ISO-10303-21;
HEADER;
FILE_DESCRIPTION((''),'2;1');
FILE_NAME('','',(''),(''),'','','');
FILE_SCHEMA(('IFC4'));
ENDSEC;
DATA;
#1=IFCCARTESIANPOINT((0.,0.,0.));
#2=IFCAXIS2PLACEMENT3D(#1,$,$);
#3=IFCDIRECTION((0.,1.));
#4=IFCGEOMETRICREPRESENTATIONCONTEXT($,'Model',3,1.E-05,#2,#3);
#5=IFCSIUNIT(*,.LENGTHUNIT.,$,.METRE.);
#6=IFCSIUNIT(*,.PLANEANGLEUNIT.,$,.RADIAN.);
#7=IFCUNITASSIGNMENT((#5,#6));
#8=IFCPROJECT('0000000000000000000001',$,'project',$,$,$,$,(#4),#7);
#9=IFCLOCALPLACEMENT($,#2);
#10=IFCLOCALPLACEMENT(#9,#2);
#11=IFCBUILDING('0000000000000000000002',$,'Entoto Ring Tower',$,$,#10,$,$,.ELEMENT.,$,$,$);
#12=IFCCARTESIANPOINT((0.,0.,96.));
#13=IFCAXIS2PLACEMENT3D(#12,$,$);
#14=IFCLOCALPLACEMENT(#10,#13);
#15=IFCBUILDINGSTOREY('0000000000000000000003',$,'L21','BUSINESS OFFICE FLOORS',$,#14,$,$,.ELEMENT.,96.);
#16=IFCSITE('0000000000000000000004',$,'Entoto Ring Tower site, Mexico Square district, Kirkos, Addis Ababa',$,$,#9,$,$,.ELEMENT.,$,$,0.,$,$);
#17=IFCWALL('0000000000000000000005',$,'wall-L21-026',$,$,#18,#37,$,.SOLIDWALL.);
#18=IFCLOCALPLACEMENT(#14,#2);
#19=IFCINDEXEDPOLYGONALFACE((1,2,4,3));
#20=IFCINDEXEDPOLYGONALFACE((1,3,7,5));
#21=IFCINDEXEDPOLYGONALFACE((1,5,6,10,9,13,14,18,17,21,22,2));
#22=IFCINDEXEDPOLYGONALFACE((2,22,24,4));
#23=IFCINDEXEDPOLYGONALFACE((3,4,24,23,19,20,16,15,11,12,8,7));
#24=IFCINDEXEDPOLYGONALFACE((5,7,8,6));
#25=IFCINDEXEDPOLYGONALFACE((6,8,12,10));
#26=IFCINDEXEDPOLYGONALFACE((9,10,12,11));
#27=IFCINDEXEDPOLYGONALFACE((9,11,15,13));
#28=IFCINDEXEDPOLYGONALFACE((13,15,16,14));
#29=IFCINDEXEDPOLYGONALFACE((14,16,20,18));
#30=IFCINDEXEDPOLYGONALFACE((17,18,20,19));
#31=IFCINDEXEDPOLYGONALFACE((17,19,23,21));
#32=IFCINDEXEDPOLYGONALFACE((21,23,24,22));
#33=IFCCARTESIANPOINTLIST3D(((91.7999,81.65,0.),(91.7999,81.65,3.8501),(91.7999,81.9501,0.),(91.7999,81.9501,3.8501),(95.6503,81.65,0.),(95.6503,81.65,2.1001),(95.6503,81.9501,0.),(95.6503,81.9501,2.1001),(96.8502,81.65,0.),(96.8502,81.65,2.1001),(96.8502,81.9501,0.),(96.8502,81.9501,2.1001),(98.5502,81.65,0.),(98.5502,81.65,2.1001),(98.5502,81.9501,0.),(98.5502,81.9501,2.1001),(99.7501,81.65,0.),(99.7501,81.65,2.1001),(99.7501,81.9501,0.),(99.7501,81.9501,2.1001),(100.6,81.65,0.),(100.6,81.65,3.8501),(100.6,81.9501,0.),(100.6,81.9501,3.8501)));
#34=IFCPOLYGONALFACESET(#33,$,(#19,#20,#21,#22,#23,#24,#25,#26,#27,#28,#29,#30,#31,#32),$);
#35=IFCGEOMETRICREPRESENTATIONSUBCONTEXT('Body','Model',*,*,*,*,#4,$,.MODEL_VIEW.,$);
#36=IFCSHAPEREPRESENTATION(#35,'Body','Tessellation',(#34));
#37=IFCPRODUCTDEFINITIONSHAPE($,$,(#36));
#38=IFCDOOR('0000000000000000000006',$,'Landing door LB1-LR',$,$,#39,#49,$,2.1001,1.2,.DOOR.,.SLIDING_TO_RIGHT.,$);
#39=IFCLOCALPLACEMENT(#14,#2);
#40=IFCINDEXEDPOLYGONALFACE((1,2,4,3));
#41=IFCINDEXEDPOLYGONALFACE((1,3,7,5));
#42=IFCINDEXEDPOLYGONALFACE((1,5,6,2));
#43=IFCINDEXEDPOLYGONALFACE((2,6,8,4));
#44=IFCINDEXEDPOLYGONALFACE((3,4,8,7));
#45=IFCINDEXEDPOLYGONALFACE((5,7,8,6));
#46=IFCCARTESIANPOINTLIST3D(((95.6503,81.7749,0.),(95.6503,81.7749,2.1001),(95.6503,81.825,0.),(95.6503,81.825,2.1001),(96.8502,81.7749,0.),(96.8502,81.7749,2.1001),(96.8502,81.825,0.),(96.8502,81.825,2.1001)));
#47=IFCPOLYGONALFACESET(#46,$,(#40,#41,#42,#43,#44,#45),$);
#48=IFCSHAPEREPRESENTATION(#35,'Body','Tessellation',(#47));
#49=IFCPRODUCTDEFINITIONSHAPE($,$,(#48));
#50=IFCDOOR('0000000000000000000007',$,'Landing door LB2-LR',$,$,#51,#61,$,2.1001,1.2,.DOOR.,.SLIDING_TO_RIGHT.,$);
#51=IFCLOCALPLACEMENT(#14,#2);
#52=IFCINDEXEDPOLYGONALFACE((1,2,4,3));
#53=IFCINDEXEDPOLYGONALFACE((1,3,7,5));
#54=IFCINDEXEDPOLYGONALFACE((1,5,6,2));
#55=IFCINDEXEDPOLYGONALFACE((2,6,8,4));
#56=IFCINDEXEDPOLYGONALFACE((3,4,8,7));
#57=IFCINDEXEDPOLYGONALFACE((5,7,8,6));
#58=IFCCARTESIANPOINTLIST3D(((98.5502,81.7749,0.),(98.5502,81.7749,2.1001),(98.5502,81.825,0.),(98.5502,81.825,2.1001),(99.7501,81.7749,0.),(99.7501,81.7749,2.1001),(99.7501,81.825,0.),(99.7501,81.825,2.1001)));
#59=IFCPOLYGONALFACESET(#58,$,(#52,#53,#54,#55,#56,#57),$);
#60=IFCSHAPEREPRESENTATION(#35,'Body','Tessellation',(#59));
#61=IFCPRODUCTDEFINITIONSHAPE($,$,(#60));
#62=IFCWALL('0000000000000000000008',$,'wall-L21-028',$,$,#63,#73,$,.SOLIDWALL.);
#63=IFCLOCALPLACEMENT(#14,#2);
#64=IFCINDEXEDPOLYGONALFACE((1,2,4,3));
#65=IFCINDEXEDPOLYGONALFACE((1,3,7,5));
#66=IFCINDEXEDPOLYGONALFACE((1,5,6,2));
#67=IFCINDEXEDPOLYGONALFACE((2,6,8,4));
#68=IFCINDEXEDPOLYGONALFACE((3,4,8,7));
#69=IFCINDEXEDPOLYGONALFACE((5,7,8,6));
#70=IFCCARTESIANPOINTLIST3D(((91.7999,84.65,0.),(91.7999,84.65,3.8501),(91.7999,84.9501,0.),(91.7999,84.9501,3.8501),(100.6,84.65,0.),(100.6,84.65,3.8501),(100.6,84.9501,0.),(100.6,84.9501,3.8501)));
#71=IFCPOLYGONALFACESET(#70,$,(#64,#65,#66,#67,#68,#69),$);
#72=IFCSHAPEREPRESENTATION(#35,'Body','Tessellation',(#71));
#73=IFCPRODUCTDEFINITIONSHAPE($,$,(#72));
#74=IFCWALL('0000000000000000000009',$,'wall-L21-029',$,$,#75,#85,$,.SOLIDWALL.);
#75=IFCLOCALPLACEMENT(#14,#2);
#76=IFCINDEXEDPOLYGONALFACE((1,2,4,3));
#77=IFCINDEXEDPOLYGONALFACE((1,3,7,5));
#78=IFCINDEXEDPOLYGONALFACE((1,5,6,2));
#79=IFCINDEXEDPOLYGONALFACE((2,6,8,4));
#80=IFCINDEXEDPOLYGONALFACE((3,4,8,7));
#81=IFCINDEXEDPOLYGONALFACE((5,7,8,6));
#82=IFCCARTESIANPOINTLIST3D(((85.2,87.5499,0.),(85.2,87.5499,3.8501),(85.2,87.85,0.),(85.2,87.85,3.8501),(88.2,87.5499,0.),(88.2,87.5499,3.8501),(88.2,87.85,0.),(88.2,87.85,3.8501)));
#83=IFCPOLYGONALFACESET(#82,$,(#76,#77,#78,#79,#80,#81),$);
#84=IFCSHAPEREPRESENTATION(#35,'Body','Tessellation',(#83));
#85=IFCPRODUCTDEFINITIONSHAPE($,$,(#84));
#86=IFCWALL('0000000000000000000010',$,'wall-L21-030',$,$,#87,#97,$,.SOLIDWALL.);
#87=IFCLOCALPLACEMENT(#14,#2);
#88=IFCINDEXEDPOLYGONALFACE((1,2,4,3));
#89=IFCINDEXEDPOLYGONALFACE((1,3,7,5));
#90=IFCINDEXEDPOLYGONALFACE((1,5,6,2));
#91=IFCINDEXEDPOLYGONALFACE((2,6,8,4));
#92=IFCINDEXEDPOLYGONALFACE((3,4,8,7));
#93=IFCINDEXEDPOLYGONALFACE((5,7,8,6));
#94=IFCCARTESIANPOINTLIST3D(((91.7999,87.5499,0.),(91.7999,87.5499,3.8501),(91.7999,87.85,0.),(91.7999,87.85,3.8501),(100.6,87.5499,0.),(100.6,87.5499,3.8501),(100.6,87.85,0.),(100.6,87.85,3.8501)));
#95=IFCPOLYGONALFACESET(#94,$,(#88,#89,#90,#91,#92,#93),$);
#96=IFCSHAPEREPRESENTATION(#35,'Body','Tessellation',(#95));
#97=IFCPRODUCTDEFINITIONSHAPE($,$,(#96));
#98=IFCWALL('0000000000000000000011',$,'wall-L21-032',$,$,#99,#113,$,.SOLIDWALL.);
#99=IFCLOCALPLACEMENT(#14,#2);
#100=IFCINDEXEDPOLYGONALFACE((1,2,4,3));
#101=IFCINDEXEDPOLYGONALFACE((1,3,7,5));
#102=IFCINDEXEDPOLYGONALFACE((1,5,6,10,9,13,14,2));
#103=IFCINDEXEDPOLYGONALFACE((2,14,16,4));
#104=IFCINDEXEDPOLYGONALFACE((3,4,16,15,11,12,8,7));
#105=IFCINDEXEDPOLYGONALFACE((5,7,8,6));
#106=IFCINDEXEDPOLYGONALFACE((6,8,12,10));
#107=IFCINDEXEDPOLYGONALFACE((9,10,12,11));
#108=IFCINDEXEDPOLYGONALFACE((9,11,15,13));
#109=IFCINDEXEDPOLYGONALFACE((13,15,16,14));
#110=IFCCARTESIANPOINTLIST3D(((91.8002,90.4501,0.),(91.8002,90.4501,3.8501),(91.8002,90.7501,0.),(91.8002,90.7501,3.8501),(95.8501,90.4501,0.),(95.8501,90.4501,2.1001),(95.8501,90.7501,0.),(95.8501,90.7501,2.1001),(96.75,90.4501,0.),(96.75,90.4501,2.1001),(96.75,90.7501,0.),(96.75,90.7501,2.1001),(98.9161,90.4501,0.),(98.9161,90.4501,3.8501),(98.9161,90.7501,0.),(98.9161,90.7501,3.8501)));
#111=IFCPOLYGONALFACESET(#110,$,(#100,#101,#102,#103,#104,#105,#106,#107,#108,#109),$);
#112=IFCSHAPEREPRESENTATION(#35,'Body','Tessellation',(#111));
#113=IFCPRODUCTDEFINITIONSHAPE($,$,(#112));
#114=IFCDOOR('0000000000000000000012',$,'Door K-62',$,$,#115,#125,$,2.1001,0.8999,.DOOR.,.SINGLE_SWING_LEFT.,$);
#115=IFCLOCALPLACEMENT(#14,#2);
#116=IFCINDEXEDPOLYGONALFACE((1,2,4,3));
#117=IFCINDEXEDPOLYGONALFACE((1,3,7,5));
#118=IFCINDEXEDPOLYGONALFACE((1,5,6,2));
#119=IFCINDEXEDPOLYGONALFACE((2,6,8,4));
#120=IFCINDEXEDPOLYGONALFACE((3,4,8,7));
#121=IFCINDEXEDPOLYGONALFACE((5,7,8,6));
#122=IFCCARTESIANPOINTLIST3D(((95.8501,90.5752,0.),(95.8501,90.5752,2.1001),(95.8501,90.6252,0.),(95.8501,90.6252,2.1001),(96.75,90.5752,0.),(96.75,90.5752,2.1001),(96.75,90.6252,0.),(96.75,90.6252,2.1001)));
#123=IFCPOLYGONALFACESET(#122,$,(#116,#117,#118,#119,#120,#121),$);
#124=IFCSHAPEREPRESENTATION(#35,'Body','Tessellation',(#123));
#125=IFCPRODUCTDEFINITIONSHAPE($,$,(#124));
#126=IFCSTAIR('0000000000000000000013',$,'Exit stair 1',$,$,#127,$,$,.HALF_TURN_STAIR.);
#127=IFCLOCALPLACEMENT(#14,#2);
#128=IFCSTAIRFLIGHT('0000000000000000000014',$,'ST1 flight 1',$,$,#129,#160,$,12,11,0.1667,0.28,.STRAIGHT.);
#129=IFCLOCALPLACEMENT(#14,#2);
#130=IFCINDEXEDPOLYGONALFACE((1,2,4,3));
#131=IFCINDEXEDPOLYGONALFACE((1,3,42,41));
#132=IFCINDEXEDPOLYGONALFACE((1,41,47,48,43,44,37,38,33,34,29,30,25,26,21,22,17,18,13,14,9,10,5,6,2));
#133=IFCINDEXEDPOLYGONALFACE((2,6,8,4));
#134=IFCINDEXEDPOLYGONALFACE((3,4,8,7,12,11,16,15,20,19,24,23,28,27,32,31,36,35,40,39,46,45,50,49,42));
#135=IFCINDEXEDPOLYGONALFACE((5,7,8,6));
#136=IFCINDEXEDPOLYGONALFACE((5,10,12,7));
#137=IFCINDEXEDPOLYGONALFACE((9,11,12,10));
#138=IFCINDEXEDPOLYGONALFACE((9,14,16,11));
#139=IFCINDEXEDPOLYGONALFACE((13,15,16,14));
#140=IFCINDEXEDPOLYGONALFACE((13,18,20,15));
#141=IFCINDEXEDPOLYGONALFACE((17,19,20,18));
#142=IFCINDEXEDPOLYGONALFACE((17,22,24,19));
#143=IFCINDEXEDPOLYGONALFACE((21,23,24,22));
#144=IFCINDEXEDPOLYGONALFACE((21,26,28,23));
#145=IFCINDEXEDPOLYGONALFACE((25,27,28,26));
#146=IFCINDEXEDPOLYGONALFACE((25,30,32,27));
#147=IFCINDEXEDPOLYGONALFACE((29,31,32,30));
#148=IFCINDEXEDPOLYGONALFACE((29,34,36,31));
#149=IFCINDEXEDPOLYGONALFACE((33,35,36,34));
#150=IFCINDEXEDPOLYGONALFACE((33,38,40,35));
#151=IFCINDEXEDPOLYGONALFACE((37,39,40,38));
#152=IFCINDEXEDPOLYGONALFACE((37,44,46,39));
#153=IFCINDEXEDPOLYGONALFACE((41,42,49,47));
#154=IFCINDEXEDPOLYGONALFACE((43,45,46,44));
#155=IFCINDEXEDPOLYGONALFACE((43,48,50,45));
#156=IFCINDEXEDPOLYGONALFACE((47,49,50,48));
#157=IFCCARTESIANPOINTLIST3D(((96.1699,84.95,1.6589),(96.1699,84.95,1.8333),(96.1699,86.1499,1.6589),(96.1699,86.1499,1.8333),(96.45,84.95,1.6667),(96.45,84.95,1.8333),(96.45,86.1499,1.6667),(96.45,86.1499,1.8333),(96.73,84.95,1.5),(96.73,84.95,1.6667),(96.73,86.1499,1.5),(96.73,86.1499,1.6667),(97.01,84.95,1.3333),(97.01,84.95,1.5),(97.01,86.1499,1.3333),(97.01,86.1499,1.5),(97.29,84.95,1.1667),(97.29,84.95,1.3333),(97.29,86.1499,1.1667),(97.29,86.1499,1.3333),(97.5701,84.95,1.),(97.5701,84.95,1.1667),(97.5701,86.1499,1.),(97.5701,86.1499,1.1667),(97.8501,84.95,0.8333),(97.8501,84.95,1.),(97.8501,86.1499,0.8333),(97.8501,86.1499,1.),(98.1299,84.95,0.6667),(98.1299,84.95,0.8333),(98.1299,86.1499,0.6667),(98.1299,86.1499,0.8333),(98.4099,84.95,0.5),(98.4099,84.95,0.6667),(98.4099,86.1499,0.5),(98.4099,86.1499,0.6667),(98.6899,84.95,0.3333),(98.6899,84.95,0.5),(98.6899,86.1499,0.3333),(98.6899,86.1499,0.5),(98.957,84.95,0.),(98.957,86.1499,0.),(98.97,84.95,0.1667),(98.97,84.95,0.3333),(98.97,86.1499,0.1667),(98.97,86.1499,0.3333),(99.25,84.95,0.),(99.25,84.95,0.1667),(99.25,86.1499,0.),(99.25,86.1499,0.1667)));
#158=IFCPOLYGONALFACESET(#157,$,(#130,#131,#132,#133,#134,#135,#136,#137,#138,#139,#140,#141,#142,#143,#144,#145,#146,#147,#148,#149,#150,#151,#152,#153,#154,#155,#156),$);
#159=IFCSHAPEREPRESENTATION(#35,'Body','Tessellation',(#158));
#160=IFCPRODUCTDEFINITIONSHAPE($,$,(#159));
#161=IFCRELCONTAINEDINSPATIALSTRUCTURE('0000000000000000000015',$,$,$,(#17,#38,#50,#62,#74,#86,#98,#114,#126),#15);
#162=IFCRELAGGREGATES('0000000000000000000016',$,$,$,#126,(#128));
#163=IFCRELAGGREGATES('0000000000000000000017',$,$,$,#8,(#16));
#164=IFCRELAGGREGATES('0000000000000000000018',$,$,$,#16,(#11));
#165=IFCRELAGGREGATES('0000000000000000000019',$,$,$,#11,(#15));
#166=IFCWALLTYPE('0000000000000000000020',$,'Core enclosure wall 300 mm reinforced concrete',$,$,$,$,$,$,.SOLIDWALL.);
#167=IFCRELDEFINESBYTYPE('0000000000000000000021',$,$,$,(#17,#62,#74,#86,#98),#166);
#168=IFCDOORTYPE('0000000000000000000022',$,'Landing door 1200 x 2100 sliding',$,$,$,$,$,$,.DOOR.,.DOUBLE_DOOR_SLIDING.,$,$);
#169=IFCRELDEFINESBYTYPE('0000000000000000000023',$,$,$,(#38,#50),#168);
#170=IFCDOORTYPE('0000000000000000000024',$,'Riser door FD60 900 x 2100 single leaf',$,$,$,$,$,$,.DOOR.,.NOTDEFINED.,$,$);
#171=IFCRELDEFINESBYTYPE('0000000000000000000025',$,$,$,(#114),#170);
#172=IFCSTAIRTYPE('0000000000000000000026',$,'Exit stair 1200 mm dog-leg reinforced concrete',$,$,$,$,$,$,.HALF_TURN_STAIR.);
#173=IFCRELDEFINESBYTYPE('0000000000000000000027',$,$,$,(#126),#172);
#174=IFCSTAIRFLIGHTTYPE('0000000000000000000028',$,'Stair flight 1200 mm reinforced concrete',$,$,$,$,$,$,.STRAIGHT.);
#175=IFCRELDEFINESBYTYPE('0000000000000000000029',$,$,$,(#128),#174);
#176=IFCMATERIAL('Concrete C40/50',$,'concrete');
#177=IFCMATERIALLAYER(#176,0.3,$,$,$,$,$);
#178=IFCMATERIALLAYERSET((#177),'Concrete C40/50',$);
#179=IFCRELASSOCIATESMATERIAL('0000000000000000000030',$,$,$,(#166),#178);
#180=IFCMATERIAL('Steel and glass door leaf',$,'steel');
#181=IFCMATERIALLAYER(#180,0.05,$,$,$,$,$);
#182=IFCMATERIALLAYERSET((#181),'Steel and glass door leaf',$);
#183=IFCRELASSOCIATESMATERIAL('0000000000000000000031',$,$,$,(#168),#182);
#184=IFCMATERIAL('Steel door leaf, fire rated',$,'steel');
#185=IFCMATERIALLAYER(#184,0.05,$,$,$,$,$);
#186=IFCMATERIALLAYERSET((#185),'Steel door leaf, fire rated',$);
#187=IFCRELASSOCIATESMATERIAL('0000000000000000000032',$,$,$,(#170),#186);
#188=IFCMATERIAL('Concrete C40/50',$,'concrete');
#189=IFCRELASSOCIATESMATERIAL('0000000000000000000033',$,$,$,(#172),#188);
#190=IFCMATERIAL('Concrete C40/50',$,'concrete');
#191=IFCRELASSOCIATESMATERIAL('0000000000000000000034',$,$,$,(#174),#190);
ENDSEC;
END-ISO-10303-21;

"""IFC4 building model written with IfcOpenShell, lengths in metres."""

from ifc_helpers import new_model, si_unit, direction, frame, frame_2d, origin, place, context, subcontext, project, spatial, polyline, rectangle, outline, extrude, material, layer, layer_set, type_object, element, fill, aggregate, save


model = new_model("IFC4")

# Units and contexts
model_context = context("Model", 3, precision=1e-05, world=origin(), true_north=direction((0.0, 1.0)))
body_context = subcontext(model_context, "Body", "Model", "MODEL_VIEW")
ifc_project = project(units=[si_unit("LENGTHUNIT", "METRE"), si_unit("PLANEANGLEUNIT", "RADIAN")], contexts=[model_context])

# Site, building, storey
site_placement = place(None, origin())
site = spatial("IfcSite", under=ifc_project, at=site_placement, Name="Entoto Ring Tower site, Mexico Square district, Kirkos, Addis Ababa", CompositionType="ELEMENT", RefElevation=0.0)
building_placement = place(site_placement, origin())
building = spatial("IfcBuilding", under=site, at=building_placement, Name="Entoto Ring Tower", CompositionType="ELEMENT")
storey_placement = place(building_placement, frame((0.0, 0.0, 96.0)))
storey = spatial("IfcBuildingStorey", under=building, at=storey_placement, Name="L21", Description="BUSINESS OFFICE FLOORS", CompositionType="ELEMENT", Elevation=96.0)

# Shared definitions
ifc_material_1 = material(Name="Concrete C40/50", Category="concrete")
ifc_layer_1 = layer(ifc_material_1, 0.3)
ifc_layer_set_1 = layer_set([ifc_layer_1], Name="Concrete C40/50")
wall_type = type_object("IfcWallType", Name="Core enclosure wall 300 mm reinforced concrete", PredefinedType="SOLIDWALL", material=ifc_layer_set_1)

# Wall, openings, doors
ifc_material_2 = material(Name="Steel and glass door leaf", Category="steel")
ifc_layer_2 = layer(ifc_material_2, 0.05)
ifc_layer_set_2 = layer_set([ifc_layer_2], Name="Steel and glass door leaf")
door_type_1 = type_object("IfcDoorType", Name="Landing door 1200 x 2100 sliding", OperationType="DOUBLE_DOOR_SLIDING", PredefinedType="DOOR", material=ifc_layer_set_2)
wall_1_placement = place(storey_placement, frame((91.8, 81.8, 0.0), z_axis=(0.0, 0.0, 1.0), x_axis=(1.0, 0.0, 0.0)))
wall_1 = element("IfcWall", 1, at=wall_1_placement, inside=storey, type_object=wall_type, Name="wall-L21-026", PredefinedType="SOLIDWALL", context=body_context, shape_type="SweptSolid", body=[
    extrude(rectangle(XDim=8.8, YDim=0.3, at=frame_2d((4.3999, 0.0))), origin(), (0.0, 0.0, 1.0), 3.8501),
])
opening_1_placement = place(wall_1_placement, frame((3.8501, 0.0, 0.0)))
opening_1 = element("IfcOpeningElement", 2, at=opening_1_placement, cuts=wall_1, PredefinedType="OPENING", context=body_context, shape_type="SweptSolid", body=[
    extrude(rectangle(XDim=1.2, YDim=2.1001, at=frame_2d((0.6001, 1.05))), frame((0.0, 0.1602, 0.0), z_axis=(0.0, -1.0, 0.0), x_axis=(1.0, 0.0, 0.0)), (0.0, 0.0, 1.0), 0.3201),
])
opening_2_placement = place(wall_1_placement, frame((6.75, 0.0, 0.0)))
opening_2 = element("IfcOpeningElement", 3, at=opening_2_placement, cuts=wall_1, PredefinedType="OPENING", context=body_context, shape_type="SweptSolid", body=[
    extrude(rectangle(XDim=1.2, YDim=2.1001, at=frame_2d((0.6001, 1.05))), frame((0.0, 0.1602, 0.0), z_axis=(0.0, -1.0, 0.0), x_axis=(1.0, 0.0, 0.0)), (0.0, 0.0, 1.0), 0.3201),
])
door_1_placement = place(opening_1_placement, origin())
door_1 = element("IfcDoor", 4, at=door_1_placement, inside=storey, type_object=door_type_1, Name="Landing door LB1-LR", OperationType="SLIDING_TO_RIGHT", OverallHeight=2.1001, OverallWidth=1.2, PredefinedType="DOOR", context=body_context, shape_type="SweptSolid", body=[
    extrude(rectangle(XDim=1.2, YDim=2.1001, at=frame_2d((0.6001, 1.05))), frame((0.0, 0.0249, 0.0), z_axis=(0.0, -1.0, 0.0), x_axis=(1.0, 0.0, 0.0)), (0.0, 0.0, 1.0), 0.05),
])
fill(opening_1, door_1)
door_2_placement = place(opening_2_placement, origin())
door_2 = element("IfcDoor", 5, at=door_2_placement, inside=storey, type_object=door_type_1, Name="Landing door LB2-LR", OperationType="SLIDING_TO_RIGHT", OverallHeight=2.1001, OverallWidth=1.2, PredefinedType="DOOR", context=body_context, shape_type="SweptSolid", body=[
    extrude(rectangle(XDim=1.2, YDim=2.1001, at=frame_2d((0.6001, 1.05))), frame((0.0, 0.0249, 0.0), z_axis=(0.0, -1.0, 0.0), x_axis=(1.0, 0.0, 0.0)), (0.0, 0.0, 1.0), 0.05),
])
fill(opening_2, door_2)

# Walls
wall_2_placement = place(storey_placement, frame((91.8, 84.8, 0.0), z_axis=(0.0, 0.0, 1.0), x_axis=(1.0, 0.0, 0.0)))
element("IfcWall", 6, at=wall_2_placement, inside=storey, type_object=wall_type, Name="wall-L21-028", PredefinedType="SOLIDWALL", context=body_context, shape_type="SweptSolid", body=[
    extrude(rectangle(XDim=8.8, YDim=0.3, at=frame_2d((4.3999, 0.0))), origin(), (0.0, 0.0, 1.0), 3.8501),
])
wall_3_placement = place(storey_placement, frame((85.2, 87.7, 0.0), z_axis=(0.0, 0.0, 1.0), x_axis=(1.0, 0.0, 0.0)))
element("IfcWall", 7, at=wall_3_placement, inside=storey, type_object=wall_type, Name="wall-L21-029", PredefinedType="SOLIDWALL", context=body_context, shape_type="SweptSolid", body=[
    extrude(rectangle(XDim=3.0, YDim=0.3, at=frame_2d((1.5, 0.0))), origin(), (0.0, 0.0, 1.0), 3.8501),
])
wall_4_placement = place(storey_placement, frame((91.8, 87.7, 0.0), z_axis=(0.0, 0.0, 1.0), x_axis=(1.0, 0.0, 0.0)))
element("IfcWall", 8, at=wall_4_placement, inside=storey, type_object=wall_type, Name="wall-L21-030", PredefinedType="SOLIDWALL", context=body_context, shape_type="SweptSolid", body=[
    extrude(rectangle(XDim=8.8, YDim=0.3, at=frame_2d((4.3999, 0.0))), origin(), (0.0, 0.0, 1.0), 3.8501),
])

# Wall, opening, door
wall_5_placement = place(storey_placement, frame((91.8, 90.6001, 0.0), z_axis=(0.0, 0.0, 1.0), x_axis=(1.0, 0.0, 0.0)))
wall_5 = element("IfcWall", 9, at=wall_5_placement, inside=storey, type_object=wall_type, Name="wall-L21-032", PredefinedType="SOLIDWALL", context=body_context, shape_type="SweptSolid", body=[
    extrude(rectangle(XDim=7.116, YDim=0.3, at=frame_2d((3.5581, 0.0))), origin(), (0.0, 0.0, 1.0), 3.8501),
])
opening_3_placement = place(wall_5_placement, frame((4.05, 0.0, 0.0)))
opening_3 = element("IfcOpeningElement", 10, at=opening_3_placement, cuts=wall_5, PredefinedType="OPENING", context=body_context, shape_type="SweptSolid", body=[
    extrude(rectangle(XDim=0.8999, YDim=2.1001, at=frame_2d((0.45, 1.05))), frame((0.0, 0.1602, 0.0), z_axis=(0.0, -1.0, 0.0), x_axis=(1.0, 0.0, 0.0)), (0.0, 0.0, 1.0), 0.3201),
])
ifc_material_3 = material(Name="Steel door leaf, fire rated", Category="steel")
ifc_layer_3 = layer(ifc_material_3, 0.05)
ifc_layer_set_3 = layer_set([ifc_layer_3], Name="Steel door leaf, fire rated")
door_type_2 = type_object("IfcDoorType", Name="Riser door FD60 900 x 2100 single leaf", OperationType="NOTDEFINED", PredefinedType="DOOR", material=ifc_layer_set_3)
door_3_placement = place(opening_3_placement, frame((0.8999, 0.0, 0.0), z_axis=(0.0, 0.0, 1.0), x_axis=(-1.0, 0.0, 0.0)))
door_3 = element("IfcDoor", 11, at=door_3_placement, inside=storey, type_object=door_type_2, Name="Door K-62", OperationType="SINGLE_SWING_LEFT", OverallHeight=2.1001, OverallWidth=0.8999, PredefinedType="DOOR", context=body_context, shape_type="SweptSolid", body=[
    extrude(rectangle(XDim=0.8999, YDim=2.1001, at=frame_2d((0.45, 1.05))), frame((0.0, 0.0249, 0.0), z_axis=(0.0, -1.0, 0.0), x_axis=(1.0, 0.0, 0.0)), (0.0, 0.0, 1.0), 0.05),
])
fill(opening_3, door_3)

# Stair, stair flight
ifc_material_4 = material(Name="Concrete C40/50", Category="concrete")
stair_type = type_object("IfcStairType", Name="Exit stair 1200 mm dog-leg reinforced concrete", PredefinedType="HALF_TURN_STAIR", material=ifc_material_4)
stair_placement = place(storey_placement, origin())
stair = element("IfcStair", 12, at=stair_placement, inside=storey, type_object=stair_type, Name="Exit stair 1", PredefinedType="HALF_TURN_STAIR")
ifc_material_5 = material(Name="Concrete C40/50", Category="concrete")
stair_flight_type = type_object("IfcStairFlightType", Name="Stair flight 1200 mm reinforced concrete", PredefinedType="STRAIGHT", material=ifc_material_5)
stair_flight_1_placement = place(storey_placement, frame((99.25, 85.55, 0.0), z_axis=(0.0, 0.0, 1.0), x_axis=(-1.0, 0.0, 0.0)))
stair_flight_1 = element("IfcStairFlight", 13, at=stair_flight_1_placement, type_object=stair_flight_type, Name="ST1 flight 1", NumberOfRisers=12, NumberOfTreads=11, PredefinedType="STRAIGHT", RiserHeight=0.1667, TreadLength=0.28, context=body_context, shape_type="SweptSolid", body=[
    extrude(outline(polyline([(0.0, 0.0), (0.0, 0.1667), (0.28, 0.1667), (0.28, 0.3333), (0.5601, 0.3333), (0.5601, 0.5), (0.8401, 0.5), (0.8401, 0.6667), (1.1201, 0.6667), (1.1201, 0.8333), (1.3999, 0.8333), (1.3999, 1.0), (1.6799, 1.0), (1.6799, 1.1667), (1.96, 1.1667), (1.96, 1.3333), (2.24, 1.3333), (2.24, 1.5), (2.52, 1.5), (2.52, 1.6667), (2.8, 1.6667), (2.8, 1.8333), (3.0801, 1.8333), (3.0801, 2.0), (3.0801, 1.6589), (0.293, 0.0), (0.0, 0.0)])), frame((0.0, 0.6001, 0.0), z_axis=(0.0, -1.0, 0.0), x_axis=(1.0, 0.0, 0.0)), (0.0, 0.0, 1.0), 1.2),
])
aggregate(stair, [stair_flight_1])

save(model, "model.ifc")
